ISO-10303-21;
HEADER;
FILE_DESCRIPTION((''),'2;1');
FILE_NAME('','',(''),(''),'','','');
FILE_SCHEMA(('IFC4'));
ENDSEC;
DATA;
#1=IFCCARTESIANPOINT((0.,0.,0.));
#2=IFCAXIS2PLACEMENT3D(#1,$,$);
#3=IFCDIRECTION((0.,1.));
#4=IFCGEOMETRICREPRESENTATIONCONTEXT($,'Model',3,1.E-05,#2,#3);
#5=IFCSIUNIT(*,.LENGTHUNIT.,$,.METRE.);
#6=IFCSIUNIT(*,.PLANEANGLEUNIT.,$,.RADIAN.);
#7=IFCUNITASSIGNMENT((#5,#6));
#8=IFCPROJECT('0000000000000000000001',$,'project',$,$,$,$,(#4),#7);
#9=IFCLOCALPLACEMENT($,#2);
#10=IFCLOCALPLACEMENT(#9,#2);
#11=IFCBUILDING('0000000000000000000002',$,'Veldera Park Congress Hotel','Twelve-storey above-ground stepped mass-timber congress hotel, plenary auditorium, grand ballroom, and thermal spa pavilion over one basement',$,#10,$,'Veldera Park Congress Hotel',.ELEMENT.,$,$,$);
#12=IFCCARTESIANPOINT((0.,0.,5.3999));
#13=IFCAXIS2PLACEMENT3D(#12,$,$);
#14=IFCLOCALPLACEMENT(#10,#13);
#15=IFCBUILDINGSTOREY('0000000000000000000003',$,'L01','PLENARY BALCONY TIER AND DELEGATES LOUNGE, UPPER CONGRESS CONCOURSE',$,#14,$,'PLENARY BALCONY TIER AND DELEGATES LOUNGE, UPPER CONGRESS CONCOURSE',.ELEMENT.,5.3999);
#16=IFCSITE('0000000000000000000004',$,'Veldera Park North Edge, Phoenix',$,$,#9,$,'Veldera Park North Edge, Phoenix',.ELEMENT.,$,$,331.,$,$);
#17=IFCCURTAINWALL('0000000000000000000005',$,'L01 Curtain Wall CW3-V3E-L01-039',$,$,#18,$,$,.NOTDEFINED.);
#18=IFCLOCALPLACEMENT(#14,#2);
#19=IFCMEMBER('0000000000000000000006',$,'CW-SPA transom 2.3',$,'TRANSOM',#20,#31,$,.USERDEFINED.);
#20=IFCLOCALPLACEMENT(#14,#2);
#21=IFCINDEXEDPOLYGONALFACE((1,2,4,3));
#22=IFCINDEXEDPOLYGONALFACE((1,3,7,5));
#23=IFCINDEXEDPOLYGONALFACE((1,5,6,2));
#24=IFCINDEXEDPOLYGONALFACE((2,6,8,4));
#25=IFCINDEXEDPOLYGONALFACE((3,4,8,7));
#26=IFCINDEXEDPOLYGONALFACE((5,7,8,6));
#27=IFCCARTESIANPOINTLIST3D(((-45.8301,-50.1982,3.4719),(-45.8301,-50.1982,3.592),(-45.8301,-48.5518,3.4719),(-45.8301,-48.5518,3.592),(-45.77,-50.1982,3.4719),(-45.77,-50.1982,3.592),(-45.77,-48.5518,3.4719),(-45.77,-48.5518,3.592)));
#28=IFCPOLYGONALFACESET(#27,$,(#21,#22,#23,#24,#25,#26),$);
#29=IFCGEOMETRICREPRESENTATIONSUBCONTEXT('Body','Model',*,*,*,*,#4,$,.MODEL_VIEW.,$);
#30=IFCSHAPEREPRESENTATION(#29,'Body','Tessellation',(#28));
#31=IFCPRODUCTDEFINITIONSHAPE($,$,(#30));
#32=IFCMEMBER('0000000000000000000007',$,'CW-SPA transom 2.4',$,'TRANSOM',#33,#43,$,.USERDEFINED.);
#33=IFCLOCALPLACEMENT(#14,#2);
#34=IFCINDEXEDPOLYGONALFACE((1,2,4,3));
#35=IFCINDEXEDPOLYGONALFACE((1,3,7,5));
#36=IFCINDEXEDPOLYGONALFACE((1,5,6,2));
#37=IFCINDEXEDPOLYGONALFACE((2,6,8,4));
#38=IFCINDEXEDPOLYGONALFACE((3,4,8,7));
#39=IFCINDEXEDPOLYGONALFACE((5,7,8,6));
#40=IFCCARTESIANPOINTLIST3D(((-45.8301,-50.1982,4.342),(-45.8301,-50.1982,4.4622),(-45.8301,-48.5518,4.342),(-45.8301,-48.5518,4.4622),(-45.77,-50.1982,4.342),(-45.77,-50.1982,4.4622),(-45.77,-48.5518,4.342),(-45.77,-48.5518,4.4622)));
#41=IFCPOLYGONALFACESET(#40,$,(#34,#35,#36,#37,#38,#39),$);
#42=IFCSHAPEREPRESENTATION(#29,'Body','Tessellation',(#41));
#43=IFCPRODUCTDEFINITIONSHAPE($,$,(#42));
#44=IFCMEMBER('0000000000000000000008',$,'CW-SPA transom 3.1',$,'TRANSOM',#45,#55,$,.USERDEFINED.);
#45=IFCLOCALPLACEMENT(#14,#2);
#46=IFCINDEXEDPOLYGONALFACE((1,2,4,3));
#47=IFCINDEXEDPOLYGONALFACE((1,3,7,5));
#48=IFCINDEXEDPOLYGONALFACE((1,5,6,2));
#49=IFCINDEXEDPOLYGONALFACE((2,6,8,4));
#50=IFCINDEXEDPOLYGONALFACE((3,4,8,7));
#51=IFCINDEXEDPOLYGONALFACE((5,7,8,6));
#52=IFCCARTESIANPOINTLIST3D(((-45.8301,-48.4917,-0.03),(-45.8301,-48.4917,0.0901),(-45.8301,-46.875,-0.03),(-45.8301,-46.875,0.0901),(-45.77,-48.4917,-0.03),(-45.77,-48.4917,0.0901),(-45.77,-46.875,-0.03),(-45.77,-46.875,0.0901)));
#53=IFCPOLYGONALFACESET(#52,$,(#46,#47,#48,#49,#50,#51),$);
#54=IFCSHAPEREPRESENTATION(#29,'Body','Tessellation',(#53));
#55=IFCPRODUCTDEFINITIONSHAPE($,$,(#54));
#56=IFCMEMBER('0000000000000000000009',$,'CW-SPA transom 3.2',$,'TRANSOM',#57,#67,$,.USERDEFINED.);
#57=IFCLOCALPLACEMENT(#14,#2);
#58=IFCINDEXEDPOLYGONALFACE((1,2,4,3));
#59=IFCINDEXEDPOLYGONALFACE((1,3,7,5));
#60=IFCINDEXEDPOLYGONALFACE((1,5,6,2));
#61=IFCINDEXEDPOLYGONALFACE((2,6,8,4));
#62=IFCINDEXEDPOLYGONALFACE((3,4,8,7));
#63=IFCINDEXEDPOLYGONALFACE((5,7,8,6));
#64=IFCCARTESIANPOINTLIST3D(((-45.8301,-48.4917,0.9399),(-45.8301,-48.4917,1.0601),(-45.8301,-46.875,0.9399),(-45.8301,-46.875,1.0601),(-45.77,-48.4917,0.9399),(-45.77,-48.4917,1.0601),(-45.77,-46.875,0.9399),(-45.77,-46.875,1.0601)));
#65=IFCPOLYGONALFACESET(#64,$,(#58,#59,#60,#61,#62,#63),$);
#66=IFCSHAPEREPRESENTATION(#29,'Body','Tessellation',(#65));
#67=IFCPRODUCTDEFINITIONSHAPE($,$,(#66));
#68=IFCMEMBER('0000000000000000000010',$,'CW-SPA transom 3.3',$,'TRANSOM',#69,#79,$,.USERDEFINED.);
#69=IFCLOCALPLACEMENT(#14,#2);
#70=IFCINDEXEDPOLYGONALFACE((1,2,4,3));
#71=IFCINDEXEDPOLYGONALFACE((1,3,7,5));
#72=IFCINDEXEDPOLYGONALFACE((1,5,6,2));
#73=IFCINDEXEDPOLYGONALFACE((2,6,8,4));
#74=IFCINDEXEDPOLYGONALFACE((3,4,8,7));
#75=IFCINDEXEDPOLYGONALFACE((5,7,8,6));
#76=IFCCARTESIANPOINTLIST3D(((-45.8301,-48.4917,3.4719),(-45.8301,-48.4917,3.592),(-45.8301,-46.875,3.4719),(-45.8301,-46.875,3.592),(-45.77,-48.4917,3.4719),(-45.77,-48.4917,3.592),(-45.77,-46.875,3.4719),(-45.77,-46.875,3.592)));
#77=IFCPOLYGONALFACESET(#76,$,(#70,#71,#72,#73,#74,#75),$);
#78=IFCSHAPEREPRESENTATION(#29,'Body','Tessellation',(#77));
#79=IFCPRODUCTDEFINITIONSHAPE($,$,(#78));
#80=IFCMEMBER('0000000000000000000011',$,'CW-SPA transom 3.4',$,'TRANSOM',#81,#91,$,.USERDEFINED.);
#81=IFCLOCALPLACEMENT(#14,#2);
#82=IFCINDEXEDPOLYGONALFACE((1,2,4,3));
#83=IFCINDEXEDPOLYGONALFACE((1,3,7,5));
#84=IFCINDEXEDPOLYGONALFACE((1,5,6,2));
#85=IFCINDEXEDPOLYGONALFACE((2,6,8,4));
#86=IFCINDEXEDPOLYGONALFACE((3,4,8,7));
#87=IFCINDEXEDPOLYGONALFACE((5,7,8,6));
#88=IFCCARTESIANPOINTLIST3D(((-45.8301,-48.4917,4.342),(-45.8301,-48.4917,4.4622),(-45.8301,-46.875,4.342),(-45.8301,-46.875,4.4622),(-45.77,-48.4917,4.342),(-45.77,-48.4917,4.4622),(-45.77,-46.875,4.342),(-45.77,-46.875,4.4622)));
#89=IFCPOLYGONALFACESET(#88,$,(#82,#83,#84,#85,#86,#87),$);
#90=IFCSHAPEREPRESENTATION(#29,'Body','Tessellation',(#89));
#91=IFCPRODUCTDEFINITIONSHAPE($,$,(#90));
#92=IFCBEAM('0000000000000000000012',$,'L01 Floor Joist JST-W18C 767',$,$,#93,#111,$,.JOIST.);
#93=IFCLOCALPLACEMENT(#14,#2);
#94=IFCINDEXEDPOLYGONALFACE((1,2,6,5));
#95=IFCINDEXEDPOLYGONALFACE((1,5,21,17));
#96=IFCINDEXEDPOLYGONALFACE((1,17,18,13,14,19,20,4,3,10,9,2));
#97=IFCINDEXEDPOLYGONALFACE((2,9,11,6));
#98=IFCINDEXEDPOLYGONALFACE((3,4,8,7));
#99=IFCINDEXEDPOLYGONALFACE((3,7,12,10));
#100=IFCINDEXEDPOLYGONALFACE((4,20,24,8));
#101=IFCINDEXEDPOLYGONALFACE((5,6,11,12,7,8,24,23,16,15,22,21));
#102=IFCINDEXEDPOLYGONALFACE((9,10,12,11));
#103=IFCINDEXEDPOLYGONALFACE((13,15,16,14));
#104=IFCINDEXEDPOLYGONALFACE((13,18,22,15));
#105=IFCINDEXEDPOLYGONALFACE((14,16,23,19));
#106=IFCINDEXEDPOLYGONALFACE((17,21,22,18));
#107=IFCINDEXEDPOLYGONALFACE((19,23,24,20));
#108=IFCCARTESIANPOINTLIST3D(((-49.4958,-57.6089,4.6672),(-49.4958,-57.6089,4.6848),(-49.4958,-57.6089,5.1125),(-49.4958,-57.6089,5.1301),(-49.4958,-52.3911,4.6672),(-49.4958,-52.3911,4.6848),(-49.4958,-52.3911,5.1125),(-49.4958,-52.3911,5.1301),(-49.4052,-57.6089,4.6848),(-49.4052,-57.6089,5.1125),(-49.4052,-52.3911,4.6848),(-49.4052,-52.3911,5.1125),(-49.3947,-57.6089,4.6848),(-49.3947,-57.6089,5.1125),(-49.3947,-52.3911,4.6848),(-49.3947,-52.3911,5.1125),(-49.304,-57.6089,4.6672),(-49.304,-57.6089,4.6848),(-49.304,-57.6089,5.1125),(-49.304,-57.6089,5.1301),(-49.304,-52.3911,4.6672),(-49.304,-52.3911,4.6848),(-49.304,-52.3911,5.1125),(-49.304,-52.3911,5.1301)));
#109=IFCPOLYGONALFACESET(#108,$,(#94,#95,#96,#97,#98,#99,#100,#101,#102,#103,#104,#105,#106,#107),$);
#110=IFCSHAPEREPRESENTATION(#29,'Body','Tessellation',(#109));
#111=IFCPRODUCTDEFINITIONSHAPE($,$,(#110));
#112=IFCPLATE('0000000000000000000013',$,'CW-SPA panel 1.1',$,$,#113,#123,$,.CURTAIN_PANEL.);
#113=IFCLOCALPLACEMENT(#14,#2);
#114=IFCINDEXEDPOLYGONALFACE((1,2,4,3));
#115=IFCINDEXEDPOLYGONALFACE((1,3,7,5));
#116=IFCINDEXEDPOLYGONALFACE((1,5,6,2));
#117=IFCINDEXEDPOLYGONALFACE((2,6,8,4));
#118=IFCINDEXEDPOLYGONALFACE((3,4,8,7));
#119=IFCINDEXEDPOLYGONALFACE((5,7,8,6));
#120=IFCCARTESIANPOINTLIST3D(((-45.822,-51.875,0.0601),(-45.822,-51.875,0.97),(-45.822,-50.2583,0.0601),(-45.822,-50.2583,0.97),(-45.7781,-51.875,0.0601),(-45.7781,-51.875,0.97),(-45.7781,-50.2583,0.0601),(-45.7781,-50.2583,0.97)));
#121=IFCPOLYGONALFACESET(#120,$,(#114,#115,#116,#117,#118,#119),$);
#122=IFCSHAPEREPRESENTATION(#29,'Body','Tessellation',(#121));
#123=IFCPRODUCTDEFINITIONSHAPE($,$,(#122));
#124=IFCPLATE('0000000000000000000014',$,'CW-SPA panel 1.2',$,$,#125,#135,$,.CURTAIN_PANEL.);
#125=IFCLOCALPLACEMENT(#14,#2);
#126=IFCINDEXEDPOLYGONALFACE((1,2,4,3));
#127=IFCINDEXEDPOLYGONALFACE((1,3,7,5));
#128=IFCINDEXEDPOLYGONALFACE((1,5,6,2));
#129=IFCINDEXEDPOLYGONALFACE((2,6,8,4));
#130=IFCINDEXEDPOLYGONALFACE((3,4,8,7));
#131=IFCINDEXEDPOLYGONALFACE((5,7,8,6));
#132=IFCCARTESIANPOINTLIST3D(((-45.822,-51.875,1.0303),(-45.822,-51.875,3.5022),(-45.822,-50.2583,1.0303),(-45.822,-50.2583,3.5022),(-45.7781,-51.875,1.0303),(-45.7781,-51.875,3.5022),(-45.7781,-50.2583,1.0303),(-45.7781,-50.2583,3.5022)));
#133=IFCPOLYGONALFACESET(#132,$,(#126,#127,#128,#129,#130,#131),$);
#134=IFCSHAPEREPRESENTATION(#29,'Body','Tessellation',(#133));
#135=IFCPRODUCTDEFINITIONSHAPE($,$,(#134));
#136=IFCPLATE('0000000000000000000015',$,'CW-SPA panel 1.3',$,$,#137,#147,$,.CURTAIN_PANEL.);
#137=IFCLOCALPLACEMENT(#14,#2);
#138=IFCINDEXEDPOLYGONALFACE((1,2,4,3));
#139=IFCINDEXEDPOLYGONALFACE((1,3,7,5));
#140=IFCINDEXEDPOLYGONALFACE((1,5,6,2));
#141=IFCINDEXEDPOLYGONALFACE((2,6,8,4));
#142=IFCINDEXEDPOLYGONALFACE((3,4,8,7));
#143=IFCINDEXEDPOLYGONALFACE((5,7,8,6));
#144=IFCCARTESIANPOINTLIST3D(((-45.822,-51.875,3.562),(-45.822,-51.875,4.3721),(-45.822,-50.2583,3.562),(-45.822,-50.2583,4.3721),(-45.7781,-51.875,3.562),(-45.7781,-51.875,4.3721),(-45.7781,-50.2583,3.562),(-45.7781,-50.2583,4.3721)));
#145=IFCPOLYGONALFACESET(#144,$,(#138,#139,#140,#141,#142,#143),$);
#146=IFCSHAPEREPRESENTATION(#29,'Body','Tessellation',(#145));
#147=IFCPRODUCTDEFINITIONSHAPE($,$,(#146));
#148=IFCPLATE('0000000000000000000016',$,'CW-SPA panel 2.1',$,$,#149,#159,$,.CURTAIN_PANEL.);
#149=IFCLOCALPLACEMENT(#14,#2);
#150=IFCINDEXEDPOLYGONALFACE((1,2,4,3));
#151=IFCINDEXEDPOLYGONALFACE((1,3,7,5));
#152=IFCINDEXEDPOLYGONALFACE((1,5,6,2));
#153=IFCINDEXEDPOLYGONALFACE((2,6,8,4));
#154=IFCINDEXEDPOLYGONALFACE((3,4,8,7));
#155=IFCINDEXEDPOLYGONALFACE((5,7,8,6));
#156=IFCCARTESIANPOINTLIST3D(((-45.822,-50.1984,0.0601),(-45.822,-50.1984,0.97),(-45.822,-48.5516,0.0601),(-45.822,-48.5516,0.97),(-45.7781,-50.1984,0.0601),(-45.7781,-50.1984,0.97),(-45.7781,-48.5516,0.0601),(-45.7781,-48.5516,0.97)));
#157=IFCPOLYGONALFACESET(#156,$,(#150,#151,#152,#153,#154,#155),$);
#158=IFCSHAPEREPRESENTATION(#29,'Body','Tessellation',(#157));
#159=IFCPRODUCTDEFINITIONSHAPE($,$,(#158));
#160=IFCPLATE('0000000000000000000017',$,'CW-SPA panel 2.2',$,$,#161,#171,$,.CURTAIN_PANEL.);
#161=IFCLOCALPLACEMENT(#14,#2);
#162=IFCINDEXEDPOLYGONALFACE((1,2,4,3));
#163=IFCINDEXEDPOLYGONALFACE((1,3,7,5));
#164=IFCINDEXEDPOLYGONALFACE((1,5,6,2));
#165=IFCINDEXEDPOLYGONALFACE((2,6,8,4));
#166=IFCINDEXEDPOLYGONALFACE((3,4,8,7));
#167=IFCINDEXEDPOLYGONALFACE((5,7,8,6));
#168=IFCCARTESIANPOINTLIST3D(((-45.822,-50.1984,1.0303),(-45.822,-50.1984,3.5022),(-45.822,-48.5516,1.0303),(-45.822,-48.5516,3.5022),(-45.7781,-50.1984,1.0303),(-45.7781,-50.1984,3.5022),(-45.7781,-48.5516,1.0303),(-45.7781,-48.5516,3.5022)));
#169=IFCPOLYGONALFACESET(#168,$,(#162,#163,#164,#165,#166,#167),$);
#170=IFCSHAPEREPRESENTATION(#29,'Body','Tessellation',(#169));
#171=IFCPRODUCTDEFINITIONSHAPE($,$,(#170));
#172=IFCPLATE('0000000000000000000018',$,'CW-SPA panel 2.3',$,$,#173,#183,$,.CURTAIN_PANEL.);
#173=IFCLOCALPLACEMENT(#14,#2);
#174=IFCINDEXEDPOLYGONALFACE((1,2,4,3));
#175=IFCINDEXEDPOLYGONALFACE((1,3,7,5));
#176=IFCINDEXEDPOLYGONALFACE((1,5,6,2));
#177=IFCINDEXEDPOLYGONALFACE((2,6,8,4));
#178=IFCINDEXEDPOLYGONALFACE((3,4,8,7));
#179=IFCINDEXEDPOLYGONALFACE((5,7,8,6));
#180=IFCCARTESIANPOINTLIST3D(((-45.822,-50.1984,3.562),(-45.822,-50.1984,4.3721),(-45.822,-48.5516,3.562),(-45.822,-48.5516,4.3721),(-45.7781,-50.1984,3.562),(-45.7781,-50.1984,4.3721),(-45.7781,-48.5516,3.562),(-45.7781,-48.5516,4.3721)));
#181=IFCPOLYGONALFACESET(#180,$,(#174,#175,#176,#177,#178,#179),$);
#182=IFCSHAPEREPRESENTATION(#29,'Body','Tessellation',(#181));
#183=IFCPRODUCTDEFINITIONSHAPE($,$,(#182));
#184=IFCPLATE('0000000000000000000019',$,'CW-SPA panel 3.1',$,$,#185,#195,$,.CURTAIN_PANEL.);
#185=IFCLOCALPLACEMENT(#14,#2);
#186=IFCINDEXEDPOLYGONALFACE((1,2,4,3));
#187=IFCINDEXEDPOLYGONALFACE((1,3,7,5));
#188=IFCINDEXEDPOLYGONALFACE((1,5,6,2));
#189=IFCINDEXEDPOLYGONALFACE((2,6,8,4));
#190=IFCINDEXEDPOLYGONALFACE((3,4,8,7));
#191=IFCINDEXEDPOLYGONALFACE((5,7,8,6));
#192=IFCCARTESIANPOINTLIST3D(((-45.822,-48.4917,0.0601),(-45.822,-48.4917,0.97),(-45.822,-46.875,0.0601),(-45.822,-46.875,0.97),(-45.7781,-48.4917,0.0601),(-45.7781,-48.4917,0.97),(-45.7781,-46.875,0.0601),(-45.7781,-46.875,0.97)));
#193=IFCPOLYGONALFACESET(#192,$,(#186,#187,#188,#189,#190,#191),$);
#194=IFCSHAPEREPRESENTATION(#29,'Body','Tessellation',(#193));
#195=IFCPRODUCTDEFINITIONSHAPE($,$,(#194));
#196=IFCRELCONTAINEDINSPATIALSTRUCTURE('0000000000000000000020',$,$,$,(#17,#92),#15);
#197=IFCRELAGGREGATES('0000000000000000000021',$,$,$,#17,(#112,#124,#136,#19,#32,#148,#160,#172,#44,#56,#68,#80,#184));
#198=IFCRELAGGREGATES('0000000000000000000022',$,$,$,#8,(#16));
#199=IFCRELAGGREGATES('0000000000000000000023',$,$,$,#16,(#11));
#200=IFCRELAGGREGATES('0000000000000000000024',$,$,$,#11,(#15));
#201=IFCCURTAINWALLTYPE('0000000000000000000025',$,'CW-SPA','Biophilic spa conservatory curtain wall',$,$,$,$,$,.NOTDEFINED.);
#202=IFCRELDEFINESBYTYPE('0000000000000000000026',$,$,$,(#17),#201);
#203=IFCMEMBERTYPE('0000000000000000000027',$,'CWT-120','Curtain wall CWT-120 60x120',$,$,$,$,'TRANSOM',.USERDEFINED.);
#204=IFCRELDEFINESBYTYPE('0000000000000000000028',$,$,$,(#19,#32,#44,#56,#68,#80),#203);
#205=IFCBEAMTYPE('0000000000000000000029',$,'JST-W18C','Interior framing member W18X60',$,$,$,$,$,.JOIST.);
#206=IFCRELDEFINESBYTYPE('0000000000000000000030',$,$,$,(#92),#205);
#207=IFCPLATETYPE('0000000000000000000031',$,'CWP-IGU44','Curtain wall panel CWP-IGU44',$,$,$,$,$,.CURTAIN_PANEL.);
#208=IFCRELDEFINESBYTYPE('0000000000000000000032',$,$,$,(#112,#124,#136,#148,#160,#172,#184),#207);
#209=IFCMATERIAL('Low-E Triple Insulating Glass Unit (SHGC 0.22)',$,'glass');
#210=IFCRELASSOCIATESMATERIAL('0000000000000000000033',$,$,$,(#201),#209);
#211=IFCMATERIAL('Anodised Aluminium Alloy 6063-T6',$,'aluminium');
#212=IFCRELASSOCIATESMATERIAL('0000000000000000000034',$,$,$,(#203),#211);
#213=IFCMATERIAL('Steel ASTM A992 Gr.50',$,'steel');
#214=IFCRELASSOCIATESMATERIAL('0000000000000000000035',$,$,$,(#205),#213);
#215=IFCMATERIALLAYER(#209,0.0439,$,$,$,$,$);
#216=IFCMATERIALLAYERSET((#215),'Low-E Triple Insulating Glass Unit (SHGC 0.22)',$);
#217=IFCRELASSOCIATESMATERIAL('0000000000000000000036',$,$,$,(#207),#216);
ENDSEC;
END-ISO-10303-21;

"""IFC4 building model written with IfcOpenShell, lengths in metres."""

from ifc_helpers import new_model, si_unit, direction, frame, origin, origin_2d, place, context, subcontext, project, spatial, rectangle, i_section, extrude, material, layer, layer_set, material_profile, profile_set, type_object, element, aggregate, save


model = new_model("IFC4")

# Units and contexts
model_context = context("Model", 3, precision=1e-05, world=origin(), true_north=direction((0.0, 1.0)))
body_context = subcontext(model_context, "Body", "Model", "MODEL_VIEW")
ifc_project = project(units=[si_unit("LENGTHUNIT", "METRE"), si_unit("PLANEANGLEUNIT", "RADIAN")], contexts=[model_context])

# Site, building, storey
site_placement = place(None, origin())
site = spatial("IfcSite", under=ifc_project, at=site_placement, Name="Veldera Park North Edge, Phoenix", LongName="Veldera Park North Edge, Phoenix", CompositionType="ELEMENT", RefElevation=331.0)
building_placement = place(site_placement, origin())
building = spatial("IfcBuilding", under=site, at=building_placement, Name="Veldera Park Congress Hotel", Description="Twelve-storey above-ground stepped mass-timber congress hotel, plenary auditorium, grand ballroom, and thermal spa pavilion over one basement", LongName="Veldera Park Congress Hotel", CompositionType="ELEMENT")
storey_placement = place(building_placement, frame((0.0, 0.0, 5.3999)))
storey = spatial("IfcBuildingStorey", under=building, at=storey_placement, Name="L01", Description="PLENARY BALCONY TIER AND DELEGATES LOUNGE, UPPER CONGRESS CONCOURSE", LongName="PLENARY BALCONY TIER AND DELEGATES LOUNGE, UPPER CONGRESS CONCOURSE", CompositionType="ELEMENT", Elevation=5.3999)

# Shared definitions
ifc_material_1 = material(Name="Steel ASTM A992 Gr.50", Category="steel")

# Curtain wall, members
ifc_material_2 = material(Name="Low-E Triple Insulating Glass Unit (SHGC 0.22)", Category="glass")
curtain_wall_type = type_object("IfcCurtainWallType", Name="CW-SPA", Description="Biophilic spa conservatory curtain wall", PredefinedType="NOTDEFINED", material=ifc_material_2)
curtain_wall_placement = place(storey_placement, origin())
curtain_wall = element("IfcCurtainWall", 1, at=curtain_wall_placement, inside=storey, type_object=curtain_wall_type, Name="L01 Curtain Wall CW3-V3E-L01-039", PredefinedType="NOTDEFINED")
ifc_material_3 = material(Name="Anodised Aluminium Alloy 6063-T6", Category="aluminium")
ifc_material_profile_1 = material_profile(ifc_material_3, rectangle(XDim=0.0601, YDim=0.1201, at=origin_2d()), Name="ALU 60x120")
ifc_profile_set_1 = profile_set([ifc_material_profile_1], Name="Anodised Aluminium Alloy 6063-T6")
member_type_1 = type_object("IfcMemberType", Name="CWT-120", Description="Curtain wall CWT-120 60x120", ElementType="TRANSOM", PredefinedType="USERDEFINED", material=ifc_profile_set_1)
member_1_placement = place(storey_placement, frame((-45.8, -50.1982, 3.532), z_axis=(0.0, 1.0, 0.0), x_axis=(-1.0, 0.0, 0.0)))
member_1 = element("IfcMember", 2, at=member_1_placement, type_object=member_type_1, Name="CW-SPA transom 2.3", ObjectType="TRANSOM", PredefinedType="USERDEFINED", context=body_context, shape_type="SweptSolid", body=[
    extrude(rectangle(XDim=0.0601, YDim=0.1201, at=origin_2d()), origin(), (0.0, 0.0, 1.0), 1.6465),
])
member_2_placement = place(storey_placement, frame((-45.8, -50.1982, 4.4021), z_axis=(0.0, 1.0, 0.0), x_axis=(-1.0, 0.0, 0.0)))
member_2 = element("IfcMember", 3, at=member_2_placement, type_object=member_type_1, Name="CW-SPA transom 2.4", ObjectType="TRANSOM", PredefinedType="USERDEFINED", context=body_context, shape_type="SweptSolid", body=[
    extrude(rectangle(XDim=0.0601, YDim=0.1201, at=origin_2d()), origin(), (0.0, 0.0, 1.0), 1.6465),
])
member_3_placement = place(storey_placement, frame((-45.8, -48.4917, 0.03), z_axis=(0.0, 1.0, 0.0), x_axis=(-1.0, 0.0, 0.0)))
member_3 = element("IfcMember", 4, at=member_3_placement, type_object=member_type_1, Name="CW-SPA transom 3.1", ObjectType="TRANSOM", PredefinedType="USERDEFINED", context=body_context, shape_type="SweptSolid", body=[
    extrude(rectangle(XDim=0.0601, YDim=0.1201, at=origin_2d()), origin(), (0.0, 0.0, 1.0), 1.6167),
])
member_4_placement = place(storey_placement, frame((-45.8, -48.4917, 1.0), z_axis=(0.0, 1.0, 0.0), x_axis=(-1.0, 0.0, 0.0)))
member_4 = element("IfcMember", 5, at=member_4_placement, type_object=member_type_1, Name="CW-SPA transom 3.2", ObjectType="TRANSOM", PredefinedType="USERDEFINED", context=body_context, shape_type="SweptSolid", body=[
    extrude(rectangle(XDim=0.0601, YDim=0.1201, at=origin_2d()), origin(), (0.0, 0.0, 1.0), 1.6167),
])
member_5_placement = place(storey_placement, frame((-45.8, -48.4917, 3.532), z_axis=(0.0, 1.0, 0.0), x_axis=(-1.0, 0.0, 0.0)))
member_5 = element("IfcMember", 6, at=member_5_placement, type_object=member_type_1, Name="CW-SPA transom 3.3", ObjectType="TRANSOM", PredefinedType="USERDEFINED", context=body_context, shape_type="SweptSolid", body=[
    extrude(rectangle(XDim=0.0601, YDim=0.1201, at=origin_2d()), origin(), (0.0, 0.0, 1.0), 1.6167),
])
member_6_placement = place(storey_placement, frame((-45.8, -48.4917, 4.4021), z_axis=(0.0, 1.0, 0.0), x_axis=(-1.0, 0.0, 0.0)))
member_6 = element("IfcMember", 7, at=member_6_placement, type_object=member_type_1, Name="CW-SPA transom 3.4", ObjectType="TRANSOM", PredefinedType="USERDEFINED", context=body_context, shape_type="SweptSolid", body=[
    extrude(rectangle(XDim=0.0601, YDim=0.1201, at=origin_2d()), origin(), (0.0, 0.0, 1.0), 1.6167),
])

# Beam
ifc_material_profile_2 = material_profile(ifc_material_1, i_section(OverallWidth=0.1919, OverallDepth=0.4629, WebThickness=0.0105, FlangeThickness=0.0176, at=origin_2d()), Name="W18X60")
ifc_profile_set_2 = profile_set([ifc_material_profile_2], Name="Steel ASTM A992 Gr.50")
beam_type_1 = type_object("IfcBeamType", Name="JST-W18C", Description="Interior framing member W18X60", PredefinedType="JOIST", material=ifc_profile_set_2)
beam_1_placement = place(storey_placement, frame((-49.3999, -57.6089, 4.8987), z_axis=(0.0, 1.0, 0.0), x_axis=(-1.0, 0.0, 0.0)))
element("IfcBeam", 8, at=beam_1_placement, inside=storey, type_object=beam_type_1, Name="L01 Floor Joist JST-W18C 767", PredefinedType="JOIST", context=body_context, shape_type="SweptSolid", body=[
    extrude(i_section(OverallWidth=0.1919, OverallDepth=0.4629, WebThickness=0.0105, FlangeThickness=0.0176, at=origin_2d()), origin(), (0.0, 0.0, 1.0), 5.2178),
])

# Plates
ifc_layer_1 = layer(ifc_material_2, 0.0439)
ifc_layer_set_1 = layer_set([ifc_layer_1], Name="Low-E Triple Insulating Glass Unit (SHGC 0.22)")
plate_type = type_object("IfcPlateType", Name="CWP-IGU44", Description="Curtain wall panel CWP-IGU44", PredefinedType="CURTAIN_PANEL", material=ifc_layer_set_1)
plate_1_placement = place(storey_placement, frame((-45.8, -51.0667, 0.0601), z_axis=(0.0, 0.0, 1.0), x_axis=(0.0, 1.0, 0.0)))
plate_1 = element("IfcPlate", 9, at=plate_1_placement, type_object=plate_type, Name="CW-SPA panel 1.1", PredefinedType="CURTAIN_PANEL", context=body_context, shape_type="SweptSolid", body=[
    extrude(rectangle(XDim=1.6167, YDim=0.0439, at=origin_2d()), origin(), (0.0, 0.0, 1.0), 0.9099),
])
plate_2_placement = place(storey_placement, frame((-45.8, -51.0667, 1.0303), z_axis=(0.0, 0.0, 1.0), x_axis=(0.0, 1.0, 0.0)))
plate_2 = element("IfcPlate", 10, at=plate_2_placement, type_object=plate_type, Name="CW-SPA panel 1.2", PredefinedType="CURTAIN_PANEL", context=body_context, shape_type="SweptSolid", body=[
    extrude(rectangle(XDim=1.6167, YDim=0.0439, at=origin_2d()), origin(), (0.0, 0.0, 1.0), 2.4719),
])
plate_3_placement = place(storey_placement, frame((-45.8, -51.0667, 3.562), z_axis=(0.0, 0.0, 1.0), x_axis=(0.0, 1.0, 0.0)))
plate_3 = element("IfcPlate", 11, at=plate_3_placement, type_object=plate_type, Name="CW-SPA panel 1.3", PredefinedType="CURTAIN_PANEL", context=body_context, shape_type="SweptSolid", body=[
    extrude(rectangle(XDim=1.6167, YDim=0.0439, at=origin_2d()), origin(), (0.0, 0.0, 1.0), 0.8101),
])
plate_4_placement = place(storey_placement, frame((-45.8, -49.375, 0.0601), z_axis=(0.0, 0.0, 1.0), x_axis=(0.0, 1.0, 0.0)))
plate_4 = element("IfcPlate", 12, at=plate_4_placement, type_object=plate_type, Name="CW-SPA panel 2.1", PredefinedType="CURTAIN_PANEL", context=body_context, shape_type="SweptSolid", body=[
    extrude(rectangle(XDim=1.6467, YDim=0.0439, at=origin_2d()), origin(), (0.0, 0.0, 1.0), 0.9099),
])
plate_5_placement = place(storey_placement, frame((-45.8, -49.375, 1.0303), z_axis=(0.0, 0.0, 1.0), x_axis=(0.0, 1.0, 0.0)))
plate_5 = element("IfcPlate", 13, at=plate_5_placement, type_object=plate_type, Name="CW-SPA panel 2.2", PredefinedType="CURTAIN_PANEL", context=body_context, shape_type="SweptSolid", body=[
    extrude(rectangle(XDim=1.6467, YDim=0.0439, at=origin_2d()), origin(), (0.0, 0.0, 1.0), 2.4719),
])
plate_6_placement = place(storey_placement, frame((-45.8, -49.375, 3.562), z_axis=(0.0, 0.0, 1.0), x_axis=(0.0, 1.0, 0.0)))
plate_6 = element("IfcPlate", 14, at=plate_6_placement, type_object=plate_type, Name="CW-SPA panel 2.3", PredefinedType="CURTAIN_PANEL", context=body_context, shape_type="SweptSolid", body=[
    extrude(rectangle(XDim=1.6467, YDim=0.0439, at=origin_2d()), origin(), (0.0, 0.0, 1.0), 0.8101),
])
plate_7_placement = place(storey_placement, frame((-45.8, -47.6833, 0.0601), z_axis=(0.0, 0.0, 1.0), x_axis=(0.0, 1.0, 0.0)))
plate_7 = element("IfcPlate", 15, at=plate_7_placement, type_object=plate_type, Name="CW-SPA panel 3.1", PredefinedType="CURTAIN_PANEL", context=body_context, shape_type="SweptSolid", body=[
    extrude(rectangle(XDim=1.6167, YDim=0.0439, at=origin_2d()), origin(), (0.0, 0.0, 1.0), 0.9099),
])
aggregate(curtain_wall, [plate_1, plate_2, plate_3, member_1, member_2, plate_4, plate_5, plate_6, member_3, member_4, member_5, member_6, plate_7])

save(model, "model.ifc")
